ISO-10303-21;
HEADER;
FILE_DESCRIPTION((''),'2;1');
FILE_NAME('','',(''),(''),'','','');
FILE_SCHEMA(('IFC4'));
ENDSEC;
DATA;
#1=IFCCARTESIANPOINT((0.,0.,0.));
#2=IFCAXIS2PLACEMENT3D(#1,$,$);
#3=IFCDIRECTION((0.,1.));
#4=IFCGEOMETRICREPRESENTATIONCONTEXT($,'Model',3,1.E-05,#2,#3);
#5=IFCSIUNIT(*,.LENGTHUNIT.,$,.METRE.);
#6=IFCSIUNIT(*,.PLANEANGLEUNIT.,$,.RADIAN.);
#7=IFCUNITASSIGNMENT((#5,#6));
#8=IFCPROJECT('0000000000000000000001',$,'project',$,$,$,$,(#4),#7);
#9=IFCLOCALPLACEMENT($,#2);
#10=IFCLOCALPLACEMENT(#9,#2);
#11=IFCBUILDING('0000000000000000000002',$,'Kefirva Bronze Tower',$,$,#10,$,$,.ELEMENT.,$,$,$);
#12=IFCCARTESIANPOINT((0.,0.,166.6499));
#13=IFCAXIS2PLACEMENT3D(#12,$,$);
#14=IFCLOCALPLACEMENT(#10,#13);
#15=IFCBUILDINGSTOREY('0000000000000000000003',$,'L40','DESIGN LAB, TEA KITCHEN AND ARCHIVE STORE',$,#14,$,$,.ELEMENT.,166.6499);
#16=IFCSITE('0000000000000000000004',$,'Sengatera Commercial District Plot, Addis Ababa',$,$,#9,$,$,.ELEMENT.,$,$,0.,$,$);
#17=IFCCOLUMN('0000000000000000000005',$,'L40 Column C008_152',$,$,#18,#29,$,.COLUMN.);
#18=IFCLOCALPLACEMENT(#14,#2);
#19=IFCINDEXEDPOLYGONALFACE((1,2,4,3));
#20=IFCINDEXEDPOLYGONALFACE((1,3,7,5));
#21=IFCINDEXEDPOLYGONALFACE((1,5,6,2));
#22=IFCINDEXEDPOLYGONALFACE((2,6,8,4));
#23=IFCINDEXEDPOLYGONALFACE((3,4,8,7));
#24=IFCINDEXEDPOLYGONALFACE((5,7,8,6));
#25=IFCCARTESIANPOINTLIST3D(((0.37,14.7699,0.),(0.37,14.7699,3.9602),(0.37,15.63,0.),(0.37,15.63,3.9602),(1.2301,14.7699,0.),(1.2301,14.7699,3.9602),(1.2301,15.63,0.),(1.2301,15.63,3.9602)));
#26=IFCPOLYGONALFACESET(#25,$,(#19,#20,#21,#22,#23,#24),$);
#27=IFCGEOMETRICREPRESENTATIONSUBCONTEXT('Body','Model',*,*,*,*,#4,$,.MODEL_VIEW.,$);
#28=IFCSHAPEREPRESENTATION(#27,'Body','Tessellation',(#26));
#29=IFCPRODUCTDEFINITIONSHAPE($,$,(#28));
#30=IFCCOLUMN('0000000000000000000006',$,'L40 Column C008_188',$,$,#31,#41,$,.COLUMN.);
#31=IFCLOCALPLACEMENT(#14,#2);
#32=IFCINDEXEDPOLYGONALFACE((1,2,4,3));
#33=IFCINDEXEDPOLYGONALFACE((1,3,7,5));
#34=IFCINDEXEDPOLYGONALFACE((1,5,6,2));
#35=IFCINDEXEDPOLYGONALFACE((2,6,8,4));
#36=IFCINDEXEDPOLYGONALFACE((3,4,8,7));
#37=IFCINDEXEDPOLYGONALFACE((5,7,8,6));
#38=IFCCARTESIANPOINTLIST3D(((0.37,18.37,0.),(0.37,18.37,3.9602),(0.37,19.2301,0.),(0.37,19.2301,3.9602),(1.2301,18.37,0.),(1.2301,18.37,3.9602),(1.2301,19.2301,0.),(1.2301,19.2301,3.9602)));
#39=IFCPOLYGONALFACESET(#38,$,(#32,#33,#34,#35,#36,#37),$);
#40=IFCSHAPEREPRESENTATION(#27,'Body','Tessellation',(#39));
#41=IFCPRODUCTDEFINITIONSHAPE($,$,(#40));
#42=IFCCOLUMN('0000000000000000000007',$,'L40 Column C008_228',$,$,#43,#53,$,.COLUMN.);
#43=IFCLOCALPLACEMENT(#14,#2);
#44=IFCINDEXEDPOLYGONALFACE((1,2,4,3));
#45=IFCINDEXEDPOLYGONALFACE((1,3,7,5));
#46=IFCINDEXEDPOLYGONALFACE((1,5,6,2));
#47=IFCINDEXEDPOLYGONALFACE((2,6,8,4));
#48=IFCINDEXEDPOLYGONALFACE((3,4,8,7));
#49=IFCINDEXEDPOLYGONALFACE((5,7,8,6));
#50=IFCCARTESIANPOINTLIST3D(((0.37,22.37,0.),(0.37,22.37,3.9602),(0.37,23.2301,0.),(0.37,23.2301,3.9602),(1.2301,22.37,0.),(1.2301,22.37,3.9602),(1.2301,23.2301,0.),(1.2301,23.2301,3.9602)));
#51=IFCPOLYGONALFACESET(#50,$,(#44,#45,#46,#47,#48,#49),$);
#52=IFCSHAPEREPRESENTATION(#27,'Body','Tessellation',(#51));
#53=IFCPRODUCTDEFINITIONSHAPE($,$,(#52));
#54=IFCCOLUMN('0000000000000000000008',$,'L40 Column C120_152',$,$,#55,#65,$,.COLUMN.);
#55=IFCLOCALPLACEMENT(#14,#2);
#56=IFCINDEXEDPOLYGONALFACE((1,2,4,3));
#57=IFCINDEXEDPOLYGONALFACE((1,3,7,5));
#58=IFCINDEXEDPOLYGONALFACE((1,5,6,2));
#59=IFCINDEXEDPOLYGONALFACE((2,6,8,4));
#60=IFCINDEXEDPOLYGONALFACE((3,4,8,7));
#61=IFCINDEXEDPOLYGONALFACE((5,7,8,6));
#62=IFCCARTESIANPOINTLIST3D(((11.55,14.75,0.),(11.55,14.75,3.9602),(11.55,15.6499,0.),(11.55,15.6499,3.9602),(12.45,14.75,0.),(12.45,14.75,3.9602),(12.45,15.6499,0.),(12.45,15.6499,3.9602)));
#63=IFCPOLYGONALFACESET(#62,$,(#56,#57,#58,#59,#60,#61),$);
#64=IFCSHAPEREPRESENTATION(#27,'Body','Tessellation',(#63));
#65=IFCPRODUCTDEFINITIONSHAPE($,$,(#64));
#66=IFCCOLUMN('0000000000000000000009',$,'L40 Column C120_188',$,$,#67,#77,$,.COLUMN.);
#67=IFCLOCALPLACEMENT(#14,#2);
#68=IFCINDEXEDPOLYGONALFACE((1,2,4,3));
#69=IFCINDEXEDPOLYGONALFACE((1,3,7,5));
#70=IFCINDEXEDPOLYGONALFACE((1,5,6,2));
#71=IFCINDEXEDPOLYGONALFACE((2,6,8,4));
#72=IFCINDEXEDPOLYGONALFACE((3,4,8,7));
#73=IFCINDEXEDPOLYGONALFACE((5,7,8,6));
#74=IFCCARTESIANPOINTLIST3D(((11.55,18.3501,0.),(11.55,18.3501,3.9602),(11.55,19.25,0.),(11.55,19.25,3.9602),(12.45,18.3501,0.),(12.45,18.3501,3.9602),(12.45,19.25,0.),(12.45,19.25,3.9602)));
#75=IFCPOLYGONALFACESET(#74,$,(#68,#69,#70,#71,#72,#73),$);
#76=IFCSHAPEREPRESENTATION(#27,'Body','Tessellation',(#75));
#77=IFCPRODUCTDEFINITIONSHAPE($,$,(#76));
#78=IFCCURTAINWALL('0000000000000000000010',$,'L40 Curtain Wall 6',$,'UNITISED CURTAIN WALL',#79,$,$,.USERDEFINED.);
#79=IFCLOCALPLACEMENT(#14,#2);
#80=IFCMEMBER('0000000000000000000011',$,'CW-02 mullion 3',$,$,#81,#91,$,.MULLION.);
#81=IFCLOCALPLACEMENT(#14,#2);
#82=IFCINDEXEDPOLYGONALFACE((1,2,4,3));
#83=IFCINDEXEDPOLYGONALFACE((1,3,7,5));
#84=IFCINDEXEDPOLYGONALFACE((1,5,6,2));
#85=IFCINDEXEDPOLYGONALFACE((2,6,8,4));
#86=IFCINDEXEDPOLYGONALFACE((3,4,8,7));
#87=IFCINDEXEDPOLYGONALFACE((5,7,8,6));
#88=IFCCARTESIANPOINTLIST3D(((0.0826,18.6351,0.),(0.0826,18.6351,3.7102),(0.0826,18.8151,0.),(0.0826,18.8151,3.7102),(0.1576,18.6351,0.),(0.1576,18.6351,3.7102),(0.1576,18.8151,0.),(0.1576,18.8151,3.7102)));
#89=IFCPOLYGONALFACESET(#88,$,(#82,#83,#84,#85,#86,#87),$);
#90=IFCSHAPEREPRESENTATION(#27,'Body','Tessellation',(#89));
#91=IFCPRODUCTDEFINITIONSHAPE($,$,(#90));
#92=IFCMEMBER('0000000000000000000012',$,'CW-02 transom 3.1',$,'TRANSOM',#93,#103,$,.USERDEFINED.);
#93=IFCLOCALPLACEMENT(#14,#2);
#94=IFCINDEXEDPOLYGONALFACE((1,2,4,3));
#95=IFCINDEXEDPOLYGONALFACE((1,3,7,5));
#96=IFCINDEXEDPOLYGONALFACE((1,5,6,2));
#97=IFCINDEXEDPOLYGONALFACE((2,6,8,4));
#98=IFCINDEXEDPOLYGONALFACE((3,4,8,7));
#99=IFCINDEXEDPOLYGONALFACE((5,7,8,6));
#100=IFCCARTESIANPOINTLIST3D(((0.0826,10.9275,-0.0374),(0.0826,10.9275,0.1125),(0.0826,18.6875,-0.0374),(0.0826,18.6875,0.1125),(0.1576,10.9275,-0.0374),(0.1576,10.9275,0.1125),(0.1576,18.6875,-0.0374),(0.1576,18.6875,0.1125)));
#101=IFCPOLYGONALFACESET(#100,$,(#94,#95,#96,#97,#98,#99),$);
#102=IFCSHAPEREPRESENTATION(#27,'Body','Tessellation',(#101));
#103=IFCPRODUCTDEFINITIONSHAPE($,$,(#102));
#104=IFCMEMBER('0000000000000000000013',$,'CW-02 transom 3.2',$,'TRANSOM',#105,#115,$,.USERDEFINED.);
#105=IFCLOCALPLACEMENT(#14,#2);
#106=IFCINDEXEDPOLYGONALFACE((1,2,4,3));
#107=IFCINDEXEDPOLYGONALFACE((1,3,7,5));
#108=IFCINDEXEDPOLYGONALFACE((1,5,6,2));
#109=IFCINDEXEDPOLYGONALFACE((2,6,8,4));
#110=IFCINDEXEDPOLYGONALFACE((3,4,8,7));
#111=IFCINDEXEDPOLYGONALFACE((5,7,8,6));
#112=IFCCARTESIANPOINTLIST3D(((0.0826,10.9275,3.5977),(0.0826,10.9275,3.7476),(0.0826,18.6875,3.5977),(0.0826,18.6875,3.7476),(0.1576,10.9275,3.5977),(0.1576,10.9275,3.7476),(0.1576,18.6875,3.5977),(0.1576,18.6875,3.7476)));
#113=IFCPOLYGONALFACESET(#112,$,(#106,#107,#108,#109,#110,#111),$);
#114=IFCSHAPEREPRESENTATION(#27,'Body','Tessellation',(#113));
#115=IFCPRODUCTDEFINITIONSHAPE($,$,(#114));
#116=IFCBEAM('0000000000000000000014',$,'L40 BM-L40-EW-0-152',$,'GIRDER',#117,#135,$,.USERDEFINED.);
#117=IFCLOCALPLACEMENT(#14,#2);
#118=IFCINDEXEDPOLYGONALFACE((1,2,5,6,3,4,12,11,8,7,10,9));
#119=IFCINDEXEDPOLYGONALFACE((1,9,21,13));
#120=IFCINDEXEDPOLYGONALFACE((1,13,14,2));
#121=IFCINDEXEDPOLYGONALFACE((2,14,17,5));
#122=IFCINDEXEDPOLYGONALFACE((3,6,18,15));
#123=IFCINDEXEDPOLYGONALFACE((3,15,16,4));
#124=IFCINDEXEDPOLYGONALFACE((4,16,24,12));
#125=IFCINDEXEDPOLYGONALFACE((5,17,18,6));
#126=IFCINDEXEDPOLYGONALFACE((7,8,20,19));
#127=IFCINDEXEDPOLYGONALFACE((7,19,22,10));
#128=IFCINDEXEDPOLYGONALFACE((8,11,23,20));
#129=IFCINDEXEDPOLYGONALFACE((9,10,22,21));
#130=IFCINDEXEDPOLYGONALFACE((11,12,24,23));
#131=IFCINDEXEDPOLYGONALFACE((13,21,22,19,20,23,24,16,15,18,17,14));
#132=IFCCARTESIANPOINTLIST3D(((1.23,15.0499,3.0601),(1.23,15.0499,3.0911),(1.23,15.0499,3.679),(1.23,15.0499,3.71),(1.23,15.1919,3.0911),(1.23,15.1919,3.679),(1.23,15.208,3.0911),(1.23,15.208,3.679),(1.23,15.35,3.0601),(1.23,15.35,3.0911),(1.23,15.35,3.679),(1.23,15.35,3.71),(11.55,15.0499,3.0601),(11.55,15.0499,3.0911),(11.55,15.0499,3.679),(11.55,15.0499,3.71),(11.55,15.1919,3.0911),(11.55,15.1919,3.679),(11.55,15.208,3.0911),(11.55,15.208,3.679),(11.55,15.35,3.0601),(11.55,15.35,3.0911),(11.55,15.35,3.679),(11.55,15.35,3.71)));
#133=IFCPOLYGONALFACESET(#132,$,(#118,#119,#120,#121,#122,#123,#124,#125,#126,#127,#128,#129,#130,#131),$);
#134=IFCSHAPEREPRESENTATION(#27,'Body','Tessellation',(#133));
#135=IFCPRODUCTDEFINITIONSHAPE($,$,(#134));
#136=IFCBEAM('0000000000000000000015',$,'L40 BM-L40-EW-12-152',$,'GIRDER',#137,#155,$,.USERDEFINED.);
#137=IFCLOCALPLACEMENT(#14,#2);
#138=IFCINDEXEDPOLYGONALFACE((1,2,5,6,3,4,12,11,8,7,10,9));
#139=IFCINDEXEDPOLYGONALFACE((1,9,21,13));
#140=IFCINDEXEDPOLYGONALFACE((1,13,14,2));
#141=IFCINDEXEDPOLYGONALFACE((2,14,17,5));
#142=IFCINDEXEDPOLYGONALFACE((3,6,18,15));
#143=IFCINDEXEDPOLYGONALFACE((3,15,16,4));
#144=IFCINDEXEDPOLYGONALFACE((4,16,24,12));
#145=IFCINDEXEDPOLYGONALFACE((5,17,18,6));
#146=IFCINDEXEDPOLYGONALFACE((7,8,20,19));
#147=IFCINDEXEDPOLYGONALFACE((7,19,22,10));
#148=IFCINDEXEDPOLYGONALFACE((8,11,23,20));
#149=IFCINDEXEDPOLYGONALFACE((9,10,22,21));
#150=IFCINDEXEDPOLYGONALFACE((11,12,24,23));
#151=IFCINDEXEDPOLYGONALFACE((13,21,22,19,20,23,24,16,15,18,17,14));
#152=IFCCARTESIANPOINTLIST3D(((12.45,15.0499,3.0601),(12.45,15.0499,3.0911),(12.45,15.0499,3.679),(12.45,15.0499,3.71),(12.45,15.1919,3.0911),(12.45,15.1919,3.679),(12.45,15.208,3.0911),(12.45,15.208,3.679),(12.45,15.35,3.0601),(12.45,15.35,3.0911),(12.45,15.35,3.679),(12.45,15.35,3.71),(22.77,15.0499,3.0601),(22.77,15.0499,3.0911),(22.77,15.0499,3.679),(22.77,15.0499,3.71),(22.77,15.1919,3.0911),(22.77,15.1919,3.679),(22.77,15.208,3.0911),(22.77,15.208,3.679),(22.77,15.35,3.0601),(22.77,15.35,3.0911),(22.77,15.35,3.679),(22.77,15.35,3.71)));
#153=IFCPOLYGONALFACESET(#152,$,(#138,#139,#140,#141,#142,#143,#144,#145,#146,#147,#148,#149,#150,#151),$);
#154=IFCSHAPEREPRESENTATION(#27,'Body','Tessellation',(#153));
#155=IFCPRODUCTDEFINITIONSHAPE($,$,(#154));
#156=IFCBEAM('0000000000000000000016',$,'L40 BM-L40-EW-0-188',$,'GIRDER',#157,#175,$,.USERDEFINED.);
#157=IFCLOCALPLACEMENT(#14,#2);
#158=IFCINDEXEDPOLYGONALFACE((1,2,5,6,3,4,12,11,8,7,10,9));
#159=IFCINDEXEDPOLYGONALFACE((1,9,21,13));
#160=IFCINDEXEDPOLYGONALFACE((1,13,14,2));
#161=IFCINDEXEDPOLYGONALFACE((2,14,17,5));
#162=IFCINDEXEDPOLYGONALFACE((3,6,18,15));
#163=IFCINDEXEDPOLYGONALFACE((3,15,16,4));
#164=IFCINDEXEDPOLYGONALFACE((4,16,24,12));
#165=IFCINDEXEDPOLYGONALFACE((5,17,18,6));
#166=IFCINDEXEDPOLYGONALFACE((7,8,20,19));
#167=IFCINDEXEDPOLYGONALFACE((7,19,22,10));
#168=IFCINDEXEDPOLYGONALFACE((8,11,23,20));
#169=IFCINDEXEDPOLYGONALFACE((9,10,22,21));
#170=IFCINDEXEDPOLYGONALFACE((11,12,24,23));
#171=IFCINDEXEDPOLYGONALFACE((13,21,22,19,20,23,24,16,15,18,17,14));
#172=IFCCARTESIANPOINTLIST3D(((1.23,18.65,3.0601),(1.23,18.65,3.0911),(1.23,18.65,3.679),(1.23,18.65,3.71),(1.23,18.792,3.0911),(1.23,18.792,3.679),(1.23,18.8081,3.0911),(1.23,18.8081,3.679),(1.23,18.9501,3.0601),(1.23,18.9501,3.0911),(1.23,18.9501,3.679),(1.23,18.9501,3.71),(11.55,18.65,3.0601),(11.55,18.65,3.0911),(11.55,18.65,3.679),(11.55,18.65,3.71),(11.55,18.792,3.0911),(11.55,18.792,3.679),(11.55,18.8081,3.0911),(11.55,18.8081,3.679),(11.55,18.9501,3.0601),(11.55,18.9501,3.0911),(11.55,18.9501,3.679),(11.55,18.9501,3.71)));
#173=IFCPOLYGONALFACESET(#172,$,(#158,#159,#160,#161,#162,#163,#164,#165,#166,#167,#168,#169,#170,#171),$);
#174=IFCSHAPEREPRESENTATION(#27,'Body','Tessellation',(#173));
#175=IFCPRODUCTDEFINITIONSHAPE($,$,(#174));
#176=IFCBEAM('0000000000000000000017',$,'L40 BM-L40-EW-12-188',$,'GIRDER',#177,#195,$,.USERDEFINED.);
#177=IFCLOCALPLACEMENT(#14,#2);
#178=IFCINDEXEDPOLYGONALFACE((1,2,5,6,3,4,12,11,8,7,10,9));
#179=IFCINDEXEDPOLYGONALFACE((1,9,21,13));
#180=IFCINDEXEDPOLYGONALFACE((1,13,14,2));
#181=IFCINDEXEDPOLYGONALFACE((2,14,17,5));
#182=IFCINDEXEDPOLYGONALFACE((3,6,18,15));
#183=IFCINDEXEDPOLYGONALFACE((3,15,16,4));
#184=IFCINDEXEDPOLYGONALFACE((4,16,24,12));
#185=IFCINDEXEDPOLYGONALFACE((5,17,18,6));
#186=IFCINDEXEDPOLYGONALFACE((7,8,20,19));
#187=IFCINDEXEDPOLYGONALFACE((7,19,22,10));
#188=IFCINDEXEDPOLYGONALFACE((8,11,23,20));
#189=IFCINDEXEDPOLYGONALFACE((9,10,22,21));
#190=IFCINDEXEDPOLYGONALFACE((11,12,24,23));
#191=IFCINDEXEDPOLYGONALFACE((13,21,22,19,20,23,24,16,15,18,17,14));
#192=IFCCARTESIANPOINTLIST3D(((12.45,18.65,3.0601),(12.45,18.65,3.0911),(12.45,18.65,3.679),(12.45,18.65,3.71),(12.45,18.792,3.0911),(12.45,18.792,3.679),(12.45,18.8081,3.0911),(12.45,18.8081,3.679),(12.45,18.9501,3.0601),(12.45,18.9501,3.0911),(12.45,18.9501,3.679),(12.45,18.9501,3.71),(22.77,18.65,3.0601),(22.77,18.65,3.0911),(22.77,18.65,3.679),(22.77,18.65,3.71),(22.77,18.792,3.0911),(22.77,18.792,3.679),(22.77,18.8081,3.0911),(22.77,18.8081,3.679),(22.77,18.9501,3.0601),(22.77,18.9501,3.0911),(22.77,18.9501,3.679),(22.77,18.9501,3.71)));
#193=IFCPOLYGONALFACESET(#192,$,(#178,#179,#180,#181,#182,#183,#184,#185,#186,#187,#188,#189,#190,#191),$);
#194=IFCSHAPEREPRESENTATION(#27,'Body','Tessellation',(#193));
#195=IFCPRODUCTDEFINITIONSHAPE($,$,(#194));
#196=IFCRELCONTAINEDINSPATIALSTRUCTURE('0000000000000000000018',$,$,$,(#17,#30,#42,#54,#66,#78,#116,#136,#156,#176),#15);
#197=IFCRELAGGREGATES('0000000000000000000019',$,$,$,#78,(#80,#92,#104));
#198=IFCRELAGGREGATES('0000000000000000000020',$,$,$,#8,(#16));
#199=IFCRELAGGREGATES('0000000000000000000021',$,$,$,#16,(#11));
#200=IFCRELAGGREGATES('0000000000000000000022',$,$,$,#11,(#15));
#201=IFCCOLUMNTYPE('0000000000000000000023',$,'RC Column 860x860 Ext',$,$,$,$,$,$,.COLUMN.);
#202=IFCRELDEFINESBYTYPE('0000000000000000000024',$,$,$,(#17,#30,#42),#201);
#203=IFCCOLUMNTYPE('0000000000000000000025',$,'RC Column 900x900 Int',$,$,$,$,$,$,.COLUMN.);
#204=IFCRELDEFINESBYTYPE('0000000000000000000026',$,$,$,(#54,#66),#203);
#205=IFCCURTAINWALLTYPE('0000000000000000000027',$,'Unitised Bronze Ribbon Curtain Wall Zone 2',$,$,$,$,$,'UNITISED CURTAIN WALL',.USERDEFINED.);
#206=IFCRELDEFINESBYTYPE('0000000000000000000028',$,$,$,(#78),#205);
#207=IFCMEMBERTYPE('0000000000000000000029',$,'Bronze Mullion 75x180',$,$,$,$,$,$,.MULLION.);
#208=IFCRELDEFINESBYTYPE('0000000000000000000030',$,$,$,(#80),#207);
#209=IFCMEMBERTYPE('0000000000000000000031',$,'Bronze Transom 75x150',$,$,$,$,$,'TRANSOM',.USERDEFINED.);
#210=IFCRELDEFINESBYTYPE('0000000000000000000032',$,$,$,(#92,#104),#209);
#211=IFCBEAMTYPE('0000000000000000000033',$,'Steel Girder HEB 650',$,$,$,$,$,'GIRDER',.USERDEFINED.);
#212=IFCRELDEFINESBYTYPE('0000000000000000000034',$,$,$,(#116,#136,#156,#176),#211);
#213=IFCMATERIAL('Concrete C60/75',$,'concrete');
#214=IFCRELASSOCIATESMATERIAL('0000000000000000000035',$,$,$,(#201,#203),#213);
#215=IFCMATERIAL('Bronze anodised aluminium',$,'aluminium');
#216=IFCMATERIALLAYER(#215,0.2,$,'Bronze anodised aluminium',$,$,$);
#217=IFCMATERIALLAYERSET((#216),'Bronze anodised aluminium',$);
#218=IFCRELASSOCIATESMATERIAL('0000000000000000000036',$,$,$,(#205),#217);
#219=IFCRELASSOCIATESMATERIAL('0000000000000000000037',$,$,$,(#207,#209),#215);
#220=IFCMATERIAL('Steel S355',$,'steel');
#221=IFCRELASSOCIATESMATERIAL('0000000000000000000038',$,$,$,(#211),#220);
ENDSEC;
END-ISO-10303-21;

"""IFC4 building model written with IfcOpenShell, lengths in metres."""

from ifc_helpers import new_model, si_unit, direction, frame, origin, origin_2d, place, context, subcontext, project, spatial, rectangle, i_section, extrude, material, layer, layer_set, material_profile, profile_set, type_object, element, aggregate, save


model = new_model("IFC4")

# Units and contexts
model_context = context("Model", 3, precision=1e-05, world=origin(), true_north=direction((0.0, 1.0)))
body_context = subcontext(model_context, "Body", "Model", "MODEL_VIEW")
ifc_project = project(units=[si_unit("LENGTHUNIT", "METRE"), si_unit("PLANEANGLEUNIT", "RADIAN")], contexts=[model_context])

# Site, building, storey
site_placement = place(None, origin())
site = spatial("IfcSite", under=ifc_project, at=site_placement, Name="Sengatera Commercial District Plot, Addis Ababa", CompositionType="ELEMENT", RefElevation=0.0)
building_placement = place(site_placement, origin())
building = spatial("IfcBuilding", under=site, at=building_placement, Name="Kefirva Bronze Tower", CompositionType="ELEMENT")
storey_placement = place(building_placement, frame((0.0, 0.0, 166.6499)))
storey = spatial("IfcBuildingStorey", under=building, at=storey_placement, Name="L40", Description="DESIGN LAB, TEA KITCHEN AND ARCHIVE STORE", CompositionType="ELEMENT", Elevation=166.6499)

# Columns
ifc_material_1 = material(Name="Concrete C60/75", Category="concrete")
ifc_material_profile_1 = material_profile(ifc_material_1, rectangle(XDim=0.8601, YDim=0.8601, at=origin_2d()), Name="RC 860x860")
ifc_profile_set_1 = profile_set([ifc_material_profile_1], Name="Concrete C60/75")
column_type_1 = type_object("IfcColumnType", Name="RC Column 860x860 Ext", PredefinedType="COLUMN", material=ifc_profile_set_1)
for number, where, z_axis, x_axis, name in (
    (1, (0.8, 15.2, 0.0), (0.0, 0.0, 1.0), (1.0, 0.0, 0.0), "L40 Column C008_152"),
    (2, (0.8, 18.8, 0.0), (0.0, 0.0, 1.0), (1.0, 0.0, 0.0), "L40 Column C008_188"),
    (3, (0.8, 22.8, 0.0), (0.0, 0.0, 1.0), (1.0, 0.0, 0.0), "L40 Column C008_228"),
):
    element("IfcColumn", number, at=place(storey_placement, frame(where, z_axis=z_axis, x_axis=x_axis)), inside=storey, type_object=column_type_1, Name=name, PredefinedType="COLUMN", context=body_context, shape_type="SweptSolid", body=[
        extrude(rectangle(XDim=0.8601, YDim=0.8601, at=origin_2d()), origin(), (0.0, 0.0, 1.0), 3.9602),
    ])
ifc_material_profile_2 = material_profile(ifc_material_1, rectangle(XDim=0.8999, YDim=0.8999, at=origin_2d()), Name="RC 900x900")
ifc_profile_set_2 = profile_set([ifc_material_profile_2], Name="Concrete C60/75")
column_type_2 = type_object("IfcColumnType", Name="RC Column 900x900 Int", PredefinedType="COLUMN", material=ifc_profile_set_2)
for number, where, z_axis, x_axis, name in (
    (4, (12.0, 15.2, 0.0), (0.0, 0.0, 1.0), (1.0, 0.0, 0.0), "L40 Column C120_152"),
    (5, (12.0, 18.8, 0.0), (0.0, 0.0, 1.0), (1.0, 0.0, 0.0), "L40 Column C120_188"),
):
    element("IfcColumn", number, at=place(storey_placement, frame(where, z_axis=z_axis, x_axis=x_axis)), inside=storey, type_object=column_type_2, Name=name, PredefinedType="COLUMN", context=body_context, shape_type="SweptSolid", body=[
        extrude(rectangle(XDim=0.8999, YDim=0.8999, at=origin_2d()), origin(), (0.0, 0.0, 1.0), 3.9602),
    ])

# Curtain wall, members
ifc_material_2 = material(Name="Bronze anodised aluminium", Category="aluminium")
ifc_layer_1 = layer(ifc_material_2, 0.2, Name="Bronze anodised aluminium")
ifc_layer_set_1 = layer_set([ifc_layer_1], Name="Bronze anodised aluminium")
curtain_wall_type = type_object("IfcCurtainWallType", Name="Unitised Bronze Ribbon Curtain Wall Zone 2", ElementType="UNITISED CURTAIN WALL", PredefinedType="USERDEFINED", material=ifc_layer_set_1)
curtain_wall_placement = place(storey_placement, origin())
curtain_wall = element("IfcCurtainWall", 6, at=curtain_wall_placement, inside=storey, type_object=curtain_wall_type, Name="L40 Curtain Wall 6", ObjectType="UNITISED CURTAIN WALL", PredefinedType="USERDEFINED")
ifc_material_profile_3 = material_profile(ifc_material_2, rectangle(XDim=0.075, YDim=0.1799, at=origin_2d()), Name="ALU 75x180")
ifc_profile_set_3 = profile_set([ifc_material_profile_3], Name="Bronze anodised aluminium")
member_type_1 = type_object("IfcMemberType", Name="Bronze Mullion 75x180", PredefinedType="MULLION", material=ifc_profile_set_3)
member_1_placement = place(storey_placement, frame((0.1201, 18.7251, 0.0), z_axis=(0.0, 0.0, 1.0), x_axis=(1.0, 0.0, 0.0)))
member_1 = element("IfcMember", 7, at=member_1_placement, type_object=member_type_1, Name="CW-02 mullion 3", PredefinedType="MULLION", context=body_context, shape_type="SweptSolid", body=[
    extrude(rectangle(XDim=0.075, YDim=0.1799, at=origin_2d()), origin(), (0.0, 0.0, 1.0), 3.7102),
])
ifc_material_profile_4 = material_profile(ifc_material_2, rectangle(XDim=0.075, YDim=0.1499, at=origin_2d()), Name="ALU 75x150")
ifc_profile_set_4 = profile_set([ifc_material_profile_4], Name="Bronze anodised aluminium")
member_type_2 = type_object("IfcMemberType", Name="Bronze Transom 75x150", ElementType="TRANSOM", PredefinedType="USERDEFINED", material=ifc_profile_set_4)
member_2_placement = place(storey_placement, frame((0.1201, 18.6875, 0.0376), z_axis=(0.0, -1.0, 0.0), x_axis=(1.0, 0.0, 0.0)))
member_2 = element("IfcMember", 8, at=member_2_placement, type_object=member_type_2, Name="CW-02 transom 3.1", ObjectType="TRANSOM", PredefinedType="USERDEFINED", context=body_context, shape_type="SweptSolid", body=[
    extrude(rectangle(XDim=0.075, YDim=0.1499, at=origin_2d()), origin(), (0.0, 0.0, 1.0), 7.76),
])
member_3_placement = place(storey_placement, frame((0.1201, 18.6875, 3.6726), z_axis=(0.0, -1.0, 0.0), x_axis=(1.0, 0.0, 0.0)))
member_3 = element("IfcMember", 9, at=member_3_placement, type_object=member_type_2, Name="CW-02 transom 3.2", ObjectType="TRANSOM", PredefinedType="USERDEFINED", context=body_context, shape_type="SweptSolid", body=[
    extrude(rectangle(XDim=0.075, YDim=0.1499, at=origin_2d()), origin(), (0.0, 0.0, 1.0), 7.76),
])

# Beams
ifc_material_3 = material(Name="Steel S355", Category="steel")
ifc_material_profile_5 = material_profile(ifc_material_3, i_section(OverallWidth=0.3, OverallDepth=0.6499, WebThickness=0.0161, FlangeThickness=0.031, at=origin_2d()), Name="HEB 650")
ifc_profile_set_5 = profile_set([ifc_material_profile_5], Name="Steel S355")
beam_type_1 = type_object("IfcBeamType", Name="Steel Girder HEB 650", ElementType="GIRDER", PredefinedType="USERDEFINED", material=ifc_profile_set_5)
for number, where, z_axis, x_axis, name in (
    (10, (1.23, 15.2, 3.385), (1.0, 0.0, 0.0), (0.0, 1.0, 0.0), "L40 BM-L40-EW-0-152"),
    (11, (12.45, 15.2, 3.385), (1.0, 0.0, 0.0), (0.0, 1.0, 0.0), "L40 BM-L40-EW-12-152"),
    (12, (1.23, 18.8, 3.385), (1.0, 0.0, 0.0), (0.0, 1.0, 0.0), "L40 BM-L40-EW-0-188"),
    (13, (12.45, 18.8, 3.385), (1.0, 0.0, 0.0), (0.0, 1.0, 0.0), "L40 BM-L40-EW-12-188"),
):
    element("IfcBeam", number, at=place(storey_placement, frame(where, z_axis=z_axis, x_axis=x_axis)), inside=storey, type_object=beam_type_1, Name=name, ObjectType="GIRDER", PredefinedType="USERDEFINED", context=body_context, shape_type="SweptSolid", body=[
        extrude(i_section(OverallWidth=0.3, OverallDepth=0.6499, WebThickness=0.0161, FlangeThickness=0.031, at=origin_2d()), origin(), (0.0, 0.0, 1.0), 10.3201),
    ])

aggregate(curtain_wall, [member_1, member_2, member_3])

save(model, "model.ifc")
